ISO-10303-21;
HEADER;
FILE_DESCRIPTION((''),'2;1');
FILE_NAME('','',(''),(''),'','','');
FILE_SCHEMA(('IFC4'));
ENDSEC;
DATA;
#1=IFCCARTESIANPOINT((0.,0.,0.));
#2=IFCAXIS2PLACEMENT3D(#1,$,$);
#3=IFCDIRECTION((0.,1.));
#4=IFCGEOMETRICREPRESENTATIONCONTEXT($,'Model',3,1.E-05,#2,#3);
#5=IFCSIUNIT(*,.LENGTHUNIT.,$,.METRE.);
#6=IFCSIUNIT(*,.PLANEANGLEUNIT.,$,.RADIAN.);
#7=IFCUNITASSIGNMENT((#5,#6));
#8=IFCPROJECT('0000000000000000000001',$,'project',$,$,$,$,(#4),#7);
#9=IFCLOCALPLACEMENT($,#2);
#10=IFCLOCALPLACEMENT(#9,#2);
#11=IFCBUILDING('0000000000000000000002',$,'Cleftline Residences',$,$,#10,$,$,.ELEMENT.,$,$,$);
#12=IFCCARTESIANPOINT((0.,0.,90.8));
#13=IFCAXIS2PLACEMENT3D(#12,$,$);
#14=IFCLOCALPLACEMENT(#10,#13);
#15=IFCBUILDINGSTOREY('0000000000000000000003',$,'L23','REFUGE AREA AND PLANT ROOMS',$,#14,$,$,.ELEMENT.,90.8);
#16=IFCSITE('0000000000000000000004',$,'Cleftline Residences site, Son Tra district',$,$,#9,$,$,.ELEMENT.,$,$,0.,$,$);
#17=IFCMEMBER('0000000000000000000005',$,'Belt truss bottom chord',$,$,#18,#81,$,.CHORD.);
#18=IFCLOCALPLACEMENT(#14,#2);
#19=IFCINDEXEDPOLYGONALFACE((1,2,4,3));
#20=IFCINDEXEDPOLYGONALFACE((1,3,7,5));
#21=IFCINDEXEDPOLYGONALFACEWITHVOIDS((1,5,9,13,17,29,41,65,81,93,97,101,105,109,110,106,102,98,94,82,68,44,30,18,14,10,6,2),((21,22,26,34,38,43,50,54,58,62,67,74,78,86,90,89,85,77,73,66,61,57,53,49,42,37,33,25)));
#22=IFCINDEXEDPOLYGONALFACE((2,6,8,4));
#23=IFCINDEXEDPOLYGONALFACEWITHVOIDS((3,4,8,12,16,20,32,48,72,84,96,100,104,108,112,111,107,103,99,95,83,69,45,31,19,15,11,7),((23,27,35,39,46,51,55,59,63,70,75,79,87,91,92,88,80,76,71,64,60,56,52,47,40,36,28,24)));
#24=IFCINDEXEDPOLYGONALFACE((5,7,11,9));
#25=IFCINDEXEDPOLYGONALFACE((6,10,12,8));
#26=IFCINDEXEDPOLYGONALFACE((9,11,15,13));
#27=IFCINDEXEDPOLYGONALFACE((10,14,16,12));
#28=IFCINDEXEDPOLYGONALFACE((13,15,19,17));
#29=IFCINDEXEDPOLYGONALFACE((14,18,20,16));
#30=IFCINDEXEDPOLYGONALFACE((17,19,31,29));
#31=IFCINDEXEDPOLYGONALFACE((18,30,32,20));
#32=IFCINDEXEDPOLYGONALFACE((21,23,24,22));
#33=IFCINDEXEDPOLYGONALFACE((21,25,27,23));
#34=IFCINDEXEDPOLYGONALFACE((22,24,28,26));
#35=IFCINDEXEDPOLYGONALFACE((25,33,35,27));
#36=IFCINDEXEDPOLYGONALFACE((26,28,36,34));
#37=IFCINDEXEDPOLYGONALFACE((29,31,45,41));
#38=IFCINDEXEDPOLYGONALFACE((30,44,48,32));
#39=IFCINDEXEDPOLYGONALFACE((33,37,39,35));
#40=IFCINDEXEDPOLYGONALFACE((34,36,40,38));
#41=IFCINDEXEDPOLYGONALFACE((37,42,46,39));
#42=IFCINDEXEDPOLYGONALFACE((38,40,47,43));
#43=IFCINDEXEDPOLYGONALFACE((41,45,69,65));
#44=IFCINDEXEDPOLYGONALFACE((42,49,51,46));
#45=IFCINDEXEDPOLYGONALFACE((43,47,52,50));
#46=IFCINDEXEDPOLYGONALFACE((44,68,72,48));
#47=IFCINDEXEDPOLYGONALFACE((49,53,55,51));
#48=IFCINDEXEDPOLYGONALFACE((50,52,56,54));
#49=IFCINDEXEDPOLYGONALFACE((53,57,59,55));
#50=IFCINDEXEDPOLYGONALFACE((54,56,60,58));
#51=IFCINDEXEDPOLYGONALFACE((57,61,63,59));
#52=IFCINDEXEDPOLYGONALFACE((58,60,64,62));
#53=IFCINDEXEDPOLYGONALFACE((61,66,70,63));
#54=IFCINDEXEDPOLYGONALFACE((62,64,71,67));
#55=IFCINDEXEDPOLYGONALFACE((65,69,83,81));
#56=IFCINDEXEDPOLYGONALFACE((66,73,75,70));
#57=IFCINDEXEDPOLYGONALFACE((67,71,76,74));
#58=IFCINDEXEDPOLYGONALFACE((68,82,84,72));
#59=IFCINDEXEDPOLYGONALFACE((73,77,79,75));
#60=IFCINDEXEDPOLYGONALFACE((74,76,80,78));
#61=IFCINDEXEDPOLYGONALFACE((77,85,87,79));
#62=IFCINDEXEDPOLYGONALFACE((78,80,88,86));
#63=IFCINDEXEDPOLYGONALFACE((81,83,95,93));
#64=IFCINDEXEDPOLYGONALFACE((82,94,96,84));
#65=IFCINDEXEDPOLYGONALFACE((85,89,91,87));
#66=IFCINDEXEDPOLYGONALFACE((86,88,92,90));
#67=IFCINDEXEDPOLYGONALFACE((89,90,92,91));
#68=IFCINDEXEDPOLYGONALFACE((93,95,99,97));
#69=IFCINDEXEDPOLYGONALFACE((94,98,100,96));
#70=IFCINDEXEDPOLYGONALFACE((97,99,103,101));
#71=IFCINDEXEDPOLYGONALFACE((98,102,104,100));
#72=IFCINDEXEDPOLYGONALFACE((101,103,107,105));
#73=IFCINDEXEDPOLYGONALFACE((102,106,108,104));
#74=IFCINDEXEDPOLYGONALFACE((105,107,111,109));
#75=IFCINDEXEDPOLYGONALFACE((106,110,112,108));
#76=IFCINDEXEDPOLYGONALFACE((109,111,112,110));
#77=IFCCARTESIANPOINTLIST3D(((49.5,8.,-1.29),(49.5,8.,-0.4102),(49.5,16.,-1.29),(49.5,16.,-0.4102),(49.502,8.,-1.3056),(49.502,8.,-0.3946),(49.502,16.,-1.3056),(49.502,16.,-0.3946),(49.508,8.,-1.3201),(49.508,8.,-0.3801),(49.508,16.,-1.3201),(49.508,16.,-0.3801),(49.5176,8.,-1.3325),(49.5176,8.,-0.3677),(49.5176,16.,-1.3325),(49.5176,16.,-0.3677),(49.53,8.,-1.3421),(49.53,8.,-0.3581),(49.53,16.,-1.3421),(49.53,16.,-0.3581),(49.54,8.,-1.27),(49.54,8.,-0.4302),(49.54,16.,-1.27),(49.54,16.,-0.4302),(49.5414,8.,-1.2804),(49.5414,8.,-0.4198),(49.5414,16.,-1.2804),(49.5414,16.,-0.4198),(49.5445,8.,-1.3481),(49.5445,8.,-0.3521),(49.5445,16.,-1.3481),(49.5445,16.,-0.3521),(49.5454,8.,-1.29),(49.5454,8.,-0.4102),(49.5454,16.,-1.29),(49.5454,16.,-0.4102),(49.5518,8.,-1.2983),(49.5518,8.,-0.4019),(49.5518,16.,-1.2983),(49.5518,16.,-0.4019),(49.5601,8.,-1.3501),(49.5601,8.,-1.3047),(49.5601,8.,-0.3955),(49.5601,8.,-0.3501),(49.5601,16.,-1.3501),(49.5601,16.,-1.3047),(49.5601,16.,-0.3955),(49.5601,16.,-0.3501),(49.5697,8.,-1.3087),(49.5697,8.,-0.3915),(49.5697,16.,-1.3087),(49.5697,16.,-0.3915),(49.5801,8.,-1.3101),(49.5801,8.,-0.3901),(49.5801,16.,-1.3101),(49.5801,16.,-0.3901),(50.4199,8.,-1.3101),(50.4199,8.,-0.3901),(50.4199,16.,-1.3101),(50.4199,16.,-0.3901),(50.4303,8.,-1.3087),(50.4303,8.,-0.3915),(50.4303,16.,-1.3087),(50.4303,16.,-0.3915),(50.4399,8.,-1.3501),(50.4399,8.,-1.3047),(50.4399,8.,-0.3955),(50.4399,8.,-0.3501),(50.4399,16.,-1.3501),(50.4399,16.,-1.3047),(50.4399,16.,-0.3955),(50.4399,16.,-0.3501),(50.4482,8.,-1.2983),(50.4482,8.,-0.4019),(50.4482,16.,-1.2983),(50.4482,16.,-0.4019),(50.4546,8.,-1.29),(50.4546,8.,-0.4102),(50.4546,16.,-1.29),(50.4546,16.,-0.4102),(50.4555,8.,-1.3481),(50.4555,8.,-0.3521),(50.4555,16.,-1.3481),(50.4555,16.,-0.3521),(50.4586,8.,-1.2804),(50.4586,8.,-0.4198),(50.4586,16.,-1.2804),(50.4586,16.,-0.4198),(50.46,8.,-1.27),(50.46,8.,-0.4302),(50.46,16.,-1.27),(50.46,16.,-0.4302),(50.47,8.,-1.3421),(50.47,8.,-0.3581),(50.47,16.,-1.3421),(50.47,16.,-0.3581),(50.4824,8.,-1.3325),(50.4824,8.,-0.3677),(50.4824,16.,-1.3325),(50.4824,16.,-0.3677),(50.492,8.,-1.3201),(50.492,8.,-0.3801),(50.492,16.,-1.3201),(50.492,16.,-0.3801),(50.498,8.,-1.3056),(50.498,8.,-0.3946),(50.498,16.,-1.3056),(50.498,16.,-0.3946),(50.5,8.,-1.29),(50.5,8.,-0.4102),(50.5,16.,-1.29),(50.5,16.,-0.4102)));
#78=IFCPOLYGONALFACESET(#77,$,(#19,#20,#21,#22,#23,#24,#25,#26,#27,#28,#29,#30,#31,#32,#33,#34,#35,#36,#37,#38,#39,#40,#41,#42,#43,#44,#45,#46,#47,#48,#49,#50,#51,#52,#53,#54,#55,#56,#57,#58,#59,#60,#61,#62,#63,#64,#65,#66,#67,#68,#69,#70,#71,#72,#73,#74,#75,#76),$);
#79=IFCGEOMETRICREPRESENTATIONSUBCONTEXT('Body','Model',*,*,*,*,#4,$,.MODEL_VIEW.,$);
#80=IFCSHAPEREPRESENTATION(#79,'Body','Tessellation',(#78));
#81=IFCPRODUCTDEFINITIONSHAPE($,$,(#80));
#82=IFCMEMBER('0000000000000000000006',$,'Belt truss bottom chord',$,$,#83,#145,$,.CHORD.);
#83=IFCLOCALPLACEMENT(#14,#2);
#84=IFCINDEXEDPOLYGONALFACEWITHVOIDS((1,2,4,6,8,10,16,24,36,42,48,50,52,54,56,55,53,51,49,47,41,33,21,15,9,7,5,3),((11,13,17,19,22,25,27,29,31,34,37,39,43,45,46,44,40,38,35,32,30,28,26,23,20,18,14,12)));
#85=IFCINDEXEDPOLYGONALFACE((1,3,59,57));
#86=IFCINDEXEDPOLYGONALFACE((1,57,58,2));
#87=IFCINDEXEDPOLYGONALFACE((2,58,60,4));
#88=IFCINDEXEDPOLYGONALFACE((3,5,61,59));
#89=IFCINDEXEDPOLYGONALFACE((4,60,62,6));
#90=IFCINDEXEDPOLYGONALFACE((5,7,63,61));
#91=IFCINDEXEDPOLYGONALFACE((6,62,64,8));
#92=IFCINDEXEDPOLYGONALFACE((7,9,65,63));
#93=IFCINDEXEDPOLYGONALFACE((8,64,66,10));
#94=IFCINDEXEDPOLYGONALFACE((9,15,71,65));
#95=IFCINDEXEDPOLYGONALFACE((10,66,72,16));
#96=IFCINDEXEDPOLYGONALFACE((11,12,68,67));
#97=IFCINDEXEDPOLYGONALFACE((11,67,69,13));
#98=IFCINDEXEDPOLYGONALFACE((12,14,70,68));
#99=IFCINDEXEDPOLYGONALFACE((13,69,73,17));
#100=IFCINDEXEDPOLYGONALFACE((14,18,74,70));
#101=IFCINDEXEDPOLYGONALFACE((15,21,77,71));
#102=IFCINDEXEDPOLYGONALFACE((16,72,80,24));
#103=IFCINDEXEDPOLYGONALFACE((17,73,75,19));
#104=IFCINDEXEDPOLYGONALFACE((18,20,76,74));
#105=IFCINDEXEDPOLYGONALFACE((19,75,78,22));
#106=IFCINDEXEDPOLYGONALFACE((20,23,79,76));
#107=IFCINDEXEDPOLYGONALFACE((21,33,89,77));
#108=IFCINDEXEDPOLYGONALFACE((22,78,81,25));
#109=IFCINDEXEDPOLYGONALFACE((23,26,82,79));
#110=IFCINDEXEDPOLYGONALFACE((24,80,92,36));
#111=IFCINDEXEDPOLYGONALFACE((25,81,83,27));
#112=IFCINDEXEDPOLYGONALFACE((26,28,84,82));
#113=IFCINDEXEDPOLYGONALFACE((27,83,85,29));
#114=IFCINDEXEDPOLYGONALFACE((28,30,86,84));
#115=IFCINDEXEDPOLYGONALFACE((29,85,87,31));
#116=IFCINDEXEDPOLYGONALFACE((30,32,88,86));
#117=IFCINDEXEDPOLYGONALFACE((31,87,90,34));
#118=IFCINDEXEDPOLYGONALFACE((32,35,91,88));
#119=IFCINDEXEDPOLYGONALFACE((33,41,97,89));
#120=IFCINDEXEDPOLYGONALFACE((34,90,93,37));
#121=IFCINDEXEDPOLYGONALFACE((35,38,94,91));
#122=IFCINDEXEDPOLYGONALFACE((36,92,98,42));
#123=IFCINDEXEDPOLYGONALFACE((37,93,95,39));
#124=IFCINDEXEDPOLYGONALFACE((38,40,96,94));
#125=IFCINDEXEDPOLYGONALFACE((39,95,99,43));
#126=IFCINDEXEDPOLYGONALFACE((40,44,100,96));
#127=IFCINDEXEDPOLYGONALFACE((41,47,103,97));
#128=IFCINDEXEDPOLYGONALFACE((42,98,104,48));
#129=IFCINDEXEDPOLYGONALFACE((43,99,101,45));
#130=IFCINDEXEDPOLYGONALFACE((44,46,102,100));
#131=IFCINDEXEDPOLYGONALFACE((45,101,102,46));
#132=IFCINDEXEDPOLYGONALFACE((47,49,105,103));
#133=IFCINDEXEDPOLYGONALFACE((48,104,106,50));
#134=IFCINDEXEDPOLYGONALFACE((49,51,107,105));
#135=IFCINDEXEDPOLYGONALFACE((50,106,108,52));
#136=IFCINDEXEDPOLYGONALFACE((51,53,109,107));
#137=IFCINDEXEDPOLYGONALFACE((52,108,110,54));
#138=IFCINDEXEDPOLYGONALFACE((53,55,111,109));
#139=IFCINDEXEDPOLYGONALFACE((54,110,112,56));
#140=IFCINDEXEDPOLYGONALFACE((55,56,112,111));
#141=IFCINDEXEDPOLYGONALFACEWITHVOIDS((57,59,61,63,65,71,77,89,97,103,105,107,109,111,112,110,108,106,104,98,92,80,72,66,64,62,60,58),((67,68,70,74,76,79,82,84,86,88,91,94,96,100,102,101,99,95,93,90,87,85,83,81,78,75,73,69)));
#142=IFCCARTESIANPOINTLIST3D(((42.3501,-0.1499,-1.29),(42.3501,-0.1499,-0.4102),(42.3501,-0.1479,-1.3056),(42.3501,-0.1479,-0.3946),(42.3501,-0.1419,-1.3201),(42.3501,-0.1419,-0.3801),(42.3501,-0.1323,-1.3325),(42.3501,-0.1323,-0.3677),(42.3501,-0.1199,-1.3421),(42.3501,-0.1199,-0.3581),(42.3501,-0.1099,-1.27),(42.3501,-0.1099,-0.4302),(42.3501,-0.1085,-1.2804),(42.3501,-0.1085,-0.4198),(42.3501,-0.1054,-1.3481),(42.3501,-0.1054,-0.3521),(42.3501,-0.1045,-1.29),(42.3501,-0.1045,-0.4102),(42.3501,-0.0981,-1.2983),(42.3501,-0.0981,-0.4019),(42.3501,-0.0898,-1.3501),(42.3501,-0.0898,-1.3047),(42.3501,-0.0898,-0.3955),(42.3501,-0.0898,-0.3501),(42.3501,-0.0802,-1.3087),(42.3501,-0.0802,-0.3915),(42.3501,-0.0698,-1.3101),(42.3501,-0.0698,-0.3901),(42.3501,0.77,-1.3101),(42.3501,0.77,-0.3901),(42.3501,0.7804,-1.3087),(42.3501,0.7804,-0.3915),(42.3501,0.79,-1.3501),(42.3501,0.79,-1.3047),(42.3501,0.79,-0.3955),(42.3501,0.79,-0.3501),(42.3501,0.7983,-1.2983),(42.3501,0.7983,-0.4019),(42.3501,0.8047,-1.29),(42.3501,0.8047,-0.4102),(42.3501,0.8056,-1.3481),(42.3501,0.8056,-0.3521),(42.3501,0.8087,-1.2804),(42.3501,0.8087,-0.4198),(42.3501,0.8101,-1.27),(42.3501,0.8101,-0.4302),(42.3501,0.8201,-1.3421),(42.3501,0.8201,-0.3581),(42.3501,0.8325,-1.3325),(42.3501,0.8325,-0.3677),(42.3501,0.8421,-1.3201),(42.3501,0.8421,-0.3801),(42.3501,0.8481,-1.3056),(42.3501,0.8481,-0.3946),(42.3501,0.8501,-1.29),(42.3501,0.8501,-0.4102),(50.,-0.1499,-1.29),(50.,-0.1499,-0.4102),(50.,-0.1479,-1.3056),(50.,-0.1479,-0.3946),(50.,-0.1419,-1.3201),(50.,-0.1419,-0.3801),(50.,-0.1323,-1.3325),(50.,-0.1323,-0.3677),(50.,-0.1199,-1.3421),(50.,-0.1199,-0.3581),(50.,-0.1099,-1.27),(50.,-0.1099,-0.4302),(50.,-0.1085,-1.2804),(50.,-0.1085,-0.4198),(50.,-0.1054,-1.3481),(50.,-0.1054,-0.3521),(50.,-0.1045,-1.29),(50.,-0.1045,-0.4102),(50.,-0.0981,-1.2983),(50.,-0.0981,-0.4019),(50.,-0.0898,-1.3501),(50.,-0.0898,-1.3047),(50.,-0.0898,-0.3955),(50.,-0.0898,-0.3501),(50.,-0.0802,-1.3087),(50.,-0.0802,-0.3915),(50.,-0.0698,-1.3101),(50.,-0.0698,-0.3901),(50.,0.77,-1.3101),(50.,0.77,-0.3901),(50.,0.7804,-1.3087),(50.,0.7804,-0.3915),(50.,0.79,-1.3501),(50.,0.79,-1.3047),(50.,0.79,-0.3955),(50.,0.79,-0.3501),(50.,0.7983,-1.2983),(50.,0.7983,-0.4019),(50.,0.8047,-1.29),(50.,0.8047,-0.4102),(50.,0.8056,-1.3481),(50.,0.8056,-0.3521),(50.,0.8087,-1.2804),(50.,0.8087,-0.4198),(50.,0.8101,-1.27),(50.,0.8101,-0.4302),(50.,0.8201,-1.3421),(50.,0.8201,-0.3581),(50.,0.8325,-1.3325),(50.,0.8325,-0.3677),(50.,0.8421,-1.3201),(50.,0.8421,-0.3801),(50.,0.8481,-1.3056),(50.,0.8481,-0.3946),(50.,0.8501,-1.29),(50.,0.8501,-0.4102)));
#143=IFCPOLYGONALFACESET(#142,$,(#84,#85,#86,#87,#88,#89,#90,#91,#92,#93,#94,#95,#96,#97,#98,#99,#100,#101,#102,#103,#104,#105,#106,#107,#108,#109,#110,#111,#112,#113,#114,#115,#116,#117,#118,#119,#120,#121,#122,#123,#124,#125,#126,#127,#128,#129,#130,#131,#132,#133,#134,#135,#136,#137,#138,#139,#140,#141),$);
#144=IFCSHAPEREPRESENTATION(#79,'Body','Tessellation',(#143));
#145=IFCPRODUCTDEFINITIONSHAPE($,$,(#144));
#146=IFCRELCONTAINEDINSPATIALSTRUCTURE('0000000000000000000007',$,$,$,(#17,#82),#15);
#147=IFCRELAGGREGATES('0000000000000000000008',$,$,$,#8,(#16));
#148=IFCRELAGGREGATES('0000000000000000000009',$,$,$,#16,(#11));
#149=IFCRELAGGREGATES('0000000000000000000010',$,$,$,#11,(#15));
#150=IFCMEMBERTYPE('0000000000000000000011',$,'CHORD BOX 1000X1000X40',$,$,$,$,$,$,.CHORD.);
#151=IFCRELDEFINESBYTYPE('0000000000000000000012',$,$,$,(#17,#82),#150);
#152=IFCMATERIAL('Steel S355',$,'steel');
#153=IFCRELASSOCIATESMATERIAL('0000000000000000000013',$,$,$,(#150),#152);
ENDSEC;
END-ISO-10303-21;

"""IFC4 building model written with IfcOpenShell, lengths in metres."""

from ifc_helpers import new_model, si_unit, direction, frame, origin, origin_2d, place, context, subcontext, project, spatial, hollow_rectangle, extrude, material, material_profile, profile_set, type_object, element, save


model = new_model("IFC4")

# Units and contexts
model_context = context("Model", 3, precision=1e-05, world=origin(), true_north=direction((0.0, 1.0)))
body_context = subcontext(model_context, "Body", "Model", "MODEL_VIEW")
ifc_project = project(units=[si_unit("LENGTHUNIT", "METRE"), si_unit("PLANEANGLEUNIT", "RADIAN")], contexts=[model_context])

# Site, building, storey
site_placement = place(None, origin())
site = spatial("IfcSite", under=ifc_project, at=site_placement, Name="Cleftline Residences site, Son Tra district", CompositionType="ELEMENT", RefElevation=0.0)
building_placement = place(site_placement, origin())
building = spatial("IfcBuilding", under=site, at=building_placement, Name="Cleftline Residences", CompositionType="ELEMENT")
storey_placement = place(building_placement, frame((0.0, 0.0, 90.8)))
storey = spatial("IfcBuildingStorey", under=building, at=storey_placement, Name="L23", Description="REFUGE AREA AND PLANT ROOMS", CompositionType="ELEMENT", Elevation=90.8)

# Members
ifc_material_1 = material(Name="Steel S355", Category="steel")
ifc_material_profile_1 = material_profile(ifc_material_1, hollow_rectangle(XDim=1.0, YDim=1.0, WallThickness=0.04, InnerFilletRadius=0.04, OuterFilletRadius=0.0601, at=origin_2d()))
ifc_profile_set_1 = profile_set([ifc_material_profile_1], Name="Steel S355")
member_type_1 = type_object("IfcMemberType", Name="CHORD BOX 1000X1000X40", PredefinedType="CHORD", material=ifc_profile_set_1)
member_1_placement = place(storey_placement, frame((50.0, 8.0, -0.8501), z_axis=(0.0, 1.0, 0.0), x_axis=(-1.0, 0.0, 0.0)))
element("IfcMember", 1, at=member_1_placement, inside=storey, type_object=member_type_1, Name="Belt truss bottom chord", PredefinedType="CHORD", context=body_context, shape_type="SweptSolid", body=[
    extrude(hollow_rectangle(XDim=1.0, YDim=1.0, WallThickness=0.04, InnerFilletRadius=0.04, OuterFilletRadius=0.0601, at=origin_2d()), origin(), (0.0, 0.0, 1.0), 8.0),
])
for number, where, z_axis, x_axis, name in (
    (2, (42.3501, 0.3501, -0.8501), (1.0, 0.0, 0.0), (0.0, 1.0, 0.0), "Belt truss bottom chord"),
):
    element("IfcMember", number, at=place(storey_placement, frame(where, z_axis=z_axis, x_axis=x_axis)), inside=storey, type_object=member_type_1, Name=name, PredefinedType="CHORD", context=body_context, shape_type="SweptSolid", body=[
        extrude(hollow_rectangle(XDim=1.0, YDim=1.0, WallThickness=0.04, InnerFilletRadius=0.04, OuterFilletRadius=0.0601, at=origin_2d()), origin(), (0.0, 0.0, 1.0), 7.6499),
    ])

save(model, "model.ifc")
